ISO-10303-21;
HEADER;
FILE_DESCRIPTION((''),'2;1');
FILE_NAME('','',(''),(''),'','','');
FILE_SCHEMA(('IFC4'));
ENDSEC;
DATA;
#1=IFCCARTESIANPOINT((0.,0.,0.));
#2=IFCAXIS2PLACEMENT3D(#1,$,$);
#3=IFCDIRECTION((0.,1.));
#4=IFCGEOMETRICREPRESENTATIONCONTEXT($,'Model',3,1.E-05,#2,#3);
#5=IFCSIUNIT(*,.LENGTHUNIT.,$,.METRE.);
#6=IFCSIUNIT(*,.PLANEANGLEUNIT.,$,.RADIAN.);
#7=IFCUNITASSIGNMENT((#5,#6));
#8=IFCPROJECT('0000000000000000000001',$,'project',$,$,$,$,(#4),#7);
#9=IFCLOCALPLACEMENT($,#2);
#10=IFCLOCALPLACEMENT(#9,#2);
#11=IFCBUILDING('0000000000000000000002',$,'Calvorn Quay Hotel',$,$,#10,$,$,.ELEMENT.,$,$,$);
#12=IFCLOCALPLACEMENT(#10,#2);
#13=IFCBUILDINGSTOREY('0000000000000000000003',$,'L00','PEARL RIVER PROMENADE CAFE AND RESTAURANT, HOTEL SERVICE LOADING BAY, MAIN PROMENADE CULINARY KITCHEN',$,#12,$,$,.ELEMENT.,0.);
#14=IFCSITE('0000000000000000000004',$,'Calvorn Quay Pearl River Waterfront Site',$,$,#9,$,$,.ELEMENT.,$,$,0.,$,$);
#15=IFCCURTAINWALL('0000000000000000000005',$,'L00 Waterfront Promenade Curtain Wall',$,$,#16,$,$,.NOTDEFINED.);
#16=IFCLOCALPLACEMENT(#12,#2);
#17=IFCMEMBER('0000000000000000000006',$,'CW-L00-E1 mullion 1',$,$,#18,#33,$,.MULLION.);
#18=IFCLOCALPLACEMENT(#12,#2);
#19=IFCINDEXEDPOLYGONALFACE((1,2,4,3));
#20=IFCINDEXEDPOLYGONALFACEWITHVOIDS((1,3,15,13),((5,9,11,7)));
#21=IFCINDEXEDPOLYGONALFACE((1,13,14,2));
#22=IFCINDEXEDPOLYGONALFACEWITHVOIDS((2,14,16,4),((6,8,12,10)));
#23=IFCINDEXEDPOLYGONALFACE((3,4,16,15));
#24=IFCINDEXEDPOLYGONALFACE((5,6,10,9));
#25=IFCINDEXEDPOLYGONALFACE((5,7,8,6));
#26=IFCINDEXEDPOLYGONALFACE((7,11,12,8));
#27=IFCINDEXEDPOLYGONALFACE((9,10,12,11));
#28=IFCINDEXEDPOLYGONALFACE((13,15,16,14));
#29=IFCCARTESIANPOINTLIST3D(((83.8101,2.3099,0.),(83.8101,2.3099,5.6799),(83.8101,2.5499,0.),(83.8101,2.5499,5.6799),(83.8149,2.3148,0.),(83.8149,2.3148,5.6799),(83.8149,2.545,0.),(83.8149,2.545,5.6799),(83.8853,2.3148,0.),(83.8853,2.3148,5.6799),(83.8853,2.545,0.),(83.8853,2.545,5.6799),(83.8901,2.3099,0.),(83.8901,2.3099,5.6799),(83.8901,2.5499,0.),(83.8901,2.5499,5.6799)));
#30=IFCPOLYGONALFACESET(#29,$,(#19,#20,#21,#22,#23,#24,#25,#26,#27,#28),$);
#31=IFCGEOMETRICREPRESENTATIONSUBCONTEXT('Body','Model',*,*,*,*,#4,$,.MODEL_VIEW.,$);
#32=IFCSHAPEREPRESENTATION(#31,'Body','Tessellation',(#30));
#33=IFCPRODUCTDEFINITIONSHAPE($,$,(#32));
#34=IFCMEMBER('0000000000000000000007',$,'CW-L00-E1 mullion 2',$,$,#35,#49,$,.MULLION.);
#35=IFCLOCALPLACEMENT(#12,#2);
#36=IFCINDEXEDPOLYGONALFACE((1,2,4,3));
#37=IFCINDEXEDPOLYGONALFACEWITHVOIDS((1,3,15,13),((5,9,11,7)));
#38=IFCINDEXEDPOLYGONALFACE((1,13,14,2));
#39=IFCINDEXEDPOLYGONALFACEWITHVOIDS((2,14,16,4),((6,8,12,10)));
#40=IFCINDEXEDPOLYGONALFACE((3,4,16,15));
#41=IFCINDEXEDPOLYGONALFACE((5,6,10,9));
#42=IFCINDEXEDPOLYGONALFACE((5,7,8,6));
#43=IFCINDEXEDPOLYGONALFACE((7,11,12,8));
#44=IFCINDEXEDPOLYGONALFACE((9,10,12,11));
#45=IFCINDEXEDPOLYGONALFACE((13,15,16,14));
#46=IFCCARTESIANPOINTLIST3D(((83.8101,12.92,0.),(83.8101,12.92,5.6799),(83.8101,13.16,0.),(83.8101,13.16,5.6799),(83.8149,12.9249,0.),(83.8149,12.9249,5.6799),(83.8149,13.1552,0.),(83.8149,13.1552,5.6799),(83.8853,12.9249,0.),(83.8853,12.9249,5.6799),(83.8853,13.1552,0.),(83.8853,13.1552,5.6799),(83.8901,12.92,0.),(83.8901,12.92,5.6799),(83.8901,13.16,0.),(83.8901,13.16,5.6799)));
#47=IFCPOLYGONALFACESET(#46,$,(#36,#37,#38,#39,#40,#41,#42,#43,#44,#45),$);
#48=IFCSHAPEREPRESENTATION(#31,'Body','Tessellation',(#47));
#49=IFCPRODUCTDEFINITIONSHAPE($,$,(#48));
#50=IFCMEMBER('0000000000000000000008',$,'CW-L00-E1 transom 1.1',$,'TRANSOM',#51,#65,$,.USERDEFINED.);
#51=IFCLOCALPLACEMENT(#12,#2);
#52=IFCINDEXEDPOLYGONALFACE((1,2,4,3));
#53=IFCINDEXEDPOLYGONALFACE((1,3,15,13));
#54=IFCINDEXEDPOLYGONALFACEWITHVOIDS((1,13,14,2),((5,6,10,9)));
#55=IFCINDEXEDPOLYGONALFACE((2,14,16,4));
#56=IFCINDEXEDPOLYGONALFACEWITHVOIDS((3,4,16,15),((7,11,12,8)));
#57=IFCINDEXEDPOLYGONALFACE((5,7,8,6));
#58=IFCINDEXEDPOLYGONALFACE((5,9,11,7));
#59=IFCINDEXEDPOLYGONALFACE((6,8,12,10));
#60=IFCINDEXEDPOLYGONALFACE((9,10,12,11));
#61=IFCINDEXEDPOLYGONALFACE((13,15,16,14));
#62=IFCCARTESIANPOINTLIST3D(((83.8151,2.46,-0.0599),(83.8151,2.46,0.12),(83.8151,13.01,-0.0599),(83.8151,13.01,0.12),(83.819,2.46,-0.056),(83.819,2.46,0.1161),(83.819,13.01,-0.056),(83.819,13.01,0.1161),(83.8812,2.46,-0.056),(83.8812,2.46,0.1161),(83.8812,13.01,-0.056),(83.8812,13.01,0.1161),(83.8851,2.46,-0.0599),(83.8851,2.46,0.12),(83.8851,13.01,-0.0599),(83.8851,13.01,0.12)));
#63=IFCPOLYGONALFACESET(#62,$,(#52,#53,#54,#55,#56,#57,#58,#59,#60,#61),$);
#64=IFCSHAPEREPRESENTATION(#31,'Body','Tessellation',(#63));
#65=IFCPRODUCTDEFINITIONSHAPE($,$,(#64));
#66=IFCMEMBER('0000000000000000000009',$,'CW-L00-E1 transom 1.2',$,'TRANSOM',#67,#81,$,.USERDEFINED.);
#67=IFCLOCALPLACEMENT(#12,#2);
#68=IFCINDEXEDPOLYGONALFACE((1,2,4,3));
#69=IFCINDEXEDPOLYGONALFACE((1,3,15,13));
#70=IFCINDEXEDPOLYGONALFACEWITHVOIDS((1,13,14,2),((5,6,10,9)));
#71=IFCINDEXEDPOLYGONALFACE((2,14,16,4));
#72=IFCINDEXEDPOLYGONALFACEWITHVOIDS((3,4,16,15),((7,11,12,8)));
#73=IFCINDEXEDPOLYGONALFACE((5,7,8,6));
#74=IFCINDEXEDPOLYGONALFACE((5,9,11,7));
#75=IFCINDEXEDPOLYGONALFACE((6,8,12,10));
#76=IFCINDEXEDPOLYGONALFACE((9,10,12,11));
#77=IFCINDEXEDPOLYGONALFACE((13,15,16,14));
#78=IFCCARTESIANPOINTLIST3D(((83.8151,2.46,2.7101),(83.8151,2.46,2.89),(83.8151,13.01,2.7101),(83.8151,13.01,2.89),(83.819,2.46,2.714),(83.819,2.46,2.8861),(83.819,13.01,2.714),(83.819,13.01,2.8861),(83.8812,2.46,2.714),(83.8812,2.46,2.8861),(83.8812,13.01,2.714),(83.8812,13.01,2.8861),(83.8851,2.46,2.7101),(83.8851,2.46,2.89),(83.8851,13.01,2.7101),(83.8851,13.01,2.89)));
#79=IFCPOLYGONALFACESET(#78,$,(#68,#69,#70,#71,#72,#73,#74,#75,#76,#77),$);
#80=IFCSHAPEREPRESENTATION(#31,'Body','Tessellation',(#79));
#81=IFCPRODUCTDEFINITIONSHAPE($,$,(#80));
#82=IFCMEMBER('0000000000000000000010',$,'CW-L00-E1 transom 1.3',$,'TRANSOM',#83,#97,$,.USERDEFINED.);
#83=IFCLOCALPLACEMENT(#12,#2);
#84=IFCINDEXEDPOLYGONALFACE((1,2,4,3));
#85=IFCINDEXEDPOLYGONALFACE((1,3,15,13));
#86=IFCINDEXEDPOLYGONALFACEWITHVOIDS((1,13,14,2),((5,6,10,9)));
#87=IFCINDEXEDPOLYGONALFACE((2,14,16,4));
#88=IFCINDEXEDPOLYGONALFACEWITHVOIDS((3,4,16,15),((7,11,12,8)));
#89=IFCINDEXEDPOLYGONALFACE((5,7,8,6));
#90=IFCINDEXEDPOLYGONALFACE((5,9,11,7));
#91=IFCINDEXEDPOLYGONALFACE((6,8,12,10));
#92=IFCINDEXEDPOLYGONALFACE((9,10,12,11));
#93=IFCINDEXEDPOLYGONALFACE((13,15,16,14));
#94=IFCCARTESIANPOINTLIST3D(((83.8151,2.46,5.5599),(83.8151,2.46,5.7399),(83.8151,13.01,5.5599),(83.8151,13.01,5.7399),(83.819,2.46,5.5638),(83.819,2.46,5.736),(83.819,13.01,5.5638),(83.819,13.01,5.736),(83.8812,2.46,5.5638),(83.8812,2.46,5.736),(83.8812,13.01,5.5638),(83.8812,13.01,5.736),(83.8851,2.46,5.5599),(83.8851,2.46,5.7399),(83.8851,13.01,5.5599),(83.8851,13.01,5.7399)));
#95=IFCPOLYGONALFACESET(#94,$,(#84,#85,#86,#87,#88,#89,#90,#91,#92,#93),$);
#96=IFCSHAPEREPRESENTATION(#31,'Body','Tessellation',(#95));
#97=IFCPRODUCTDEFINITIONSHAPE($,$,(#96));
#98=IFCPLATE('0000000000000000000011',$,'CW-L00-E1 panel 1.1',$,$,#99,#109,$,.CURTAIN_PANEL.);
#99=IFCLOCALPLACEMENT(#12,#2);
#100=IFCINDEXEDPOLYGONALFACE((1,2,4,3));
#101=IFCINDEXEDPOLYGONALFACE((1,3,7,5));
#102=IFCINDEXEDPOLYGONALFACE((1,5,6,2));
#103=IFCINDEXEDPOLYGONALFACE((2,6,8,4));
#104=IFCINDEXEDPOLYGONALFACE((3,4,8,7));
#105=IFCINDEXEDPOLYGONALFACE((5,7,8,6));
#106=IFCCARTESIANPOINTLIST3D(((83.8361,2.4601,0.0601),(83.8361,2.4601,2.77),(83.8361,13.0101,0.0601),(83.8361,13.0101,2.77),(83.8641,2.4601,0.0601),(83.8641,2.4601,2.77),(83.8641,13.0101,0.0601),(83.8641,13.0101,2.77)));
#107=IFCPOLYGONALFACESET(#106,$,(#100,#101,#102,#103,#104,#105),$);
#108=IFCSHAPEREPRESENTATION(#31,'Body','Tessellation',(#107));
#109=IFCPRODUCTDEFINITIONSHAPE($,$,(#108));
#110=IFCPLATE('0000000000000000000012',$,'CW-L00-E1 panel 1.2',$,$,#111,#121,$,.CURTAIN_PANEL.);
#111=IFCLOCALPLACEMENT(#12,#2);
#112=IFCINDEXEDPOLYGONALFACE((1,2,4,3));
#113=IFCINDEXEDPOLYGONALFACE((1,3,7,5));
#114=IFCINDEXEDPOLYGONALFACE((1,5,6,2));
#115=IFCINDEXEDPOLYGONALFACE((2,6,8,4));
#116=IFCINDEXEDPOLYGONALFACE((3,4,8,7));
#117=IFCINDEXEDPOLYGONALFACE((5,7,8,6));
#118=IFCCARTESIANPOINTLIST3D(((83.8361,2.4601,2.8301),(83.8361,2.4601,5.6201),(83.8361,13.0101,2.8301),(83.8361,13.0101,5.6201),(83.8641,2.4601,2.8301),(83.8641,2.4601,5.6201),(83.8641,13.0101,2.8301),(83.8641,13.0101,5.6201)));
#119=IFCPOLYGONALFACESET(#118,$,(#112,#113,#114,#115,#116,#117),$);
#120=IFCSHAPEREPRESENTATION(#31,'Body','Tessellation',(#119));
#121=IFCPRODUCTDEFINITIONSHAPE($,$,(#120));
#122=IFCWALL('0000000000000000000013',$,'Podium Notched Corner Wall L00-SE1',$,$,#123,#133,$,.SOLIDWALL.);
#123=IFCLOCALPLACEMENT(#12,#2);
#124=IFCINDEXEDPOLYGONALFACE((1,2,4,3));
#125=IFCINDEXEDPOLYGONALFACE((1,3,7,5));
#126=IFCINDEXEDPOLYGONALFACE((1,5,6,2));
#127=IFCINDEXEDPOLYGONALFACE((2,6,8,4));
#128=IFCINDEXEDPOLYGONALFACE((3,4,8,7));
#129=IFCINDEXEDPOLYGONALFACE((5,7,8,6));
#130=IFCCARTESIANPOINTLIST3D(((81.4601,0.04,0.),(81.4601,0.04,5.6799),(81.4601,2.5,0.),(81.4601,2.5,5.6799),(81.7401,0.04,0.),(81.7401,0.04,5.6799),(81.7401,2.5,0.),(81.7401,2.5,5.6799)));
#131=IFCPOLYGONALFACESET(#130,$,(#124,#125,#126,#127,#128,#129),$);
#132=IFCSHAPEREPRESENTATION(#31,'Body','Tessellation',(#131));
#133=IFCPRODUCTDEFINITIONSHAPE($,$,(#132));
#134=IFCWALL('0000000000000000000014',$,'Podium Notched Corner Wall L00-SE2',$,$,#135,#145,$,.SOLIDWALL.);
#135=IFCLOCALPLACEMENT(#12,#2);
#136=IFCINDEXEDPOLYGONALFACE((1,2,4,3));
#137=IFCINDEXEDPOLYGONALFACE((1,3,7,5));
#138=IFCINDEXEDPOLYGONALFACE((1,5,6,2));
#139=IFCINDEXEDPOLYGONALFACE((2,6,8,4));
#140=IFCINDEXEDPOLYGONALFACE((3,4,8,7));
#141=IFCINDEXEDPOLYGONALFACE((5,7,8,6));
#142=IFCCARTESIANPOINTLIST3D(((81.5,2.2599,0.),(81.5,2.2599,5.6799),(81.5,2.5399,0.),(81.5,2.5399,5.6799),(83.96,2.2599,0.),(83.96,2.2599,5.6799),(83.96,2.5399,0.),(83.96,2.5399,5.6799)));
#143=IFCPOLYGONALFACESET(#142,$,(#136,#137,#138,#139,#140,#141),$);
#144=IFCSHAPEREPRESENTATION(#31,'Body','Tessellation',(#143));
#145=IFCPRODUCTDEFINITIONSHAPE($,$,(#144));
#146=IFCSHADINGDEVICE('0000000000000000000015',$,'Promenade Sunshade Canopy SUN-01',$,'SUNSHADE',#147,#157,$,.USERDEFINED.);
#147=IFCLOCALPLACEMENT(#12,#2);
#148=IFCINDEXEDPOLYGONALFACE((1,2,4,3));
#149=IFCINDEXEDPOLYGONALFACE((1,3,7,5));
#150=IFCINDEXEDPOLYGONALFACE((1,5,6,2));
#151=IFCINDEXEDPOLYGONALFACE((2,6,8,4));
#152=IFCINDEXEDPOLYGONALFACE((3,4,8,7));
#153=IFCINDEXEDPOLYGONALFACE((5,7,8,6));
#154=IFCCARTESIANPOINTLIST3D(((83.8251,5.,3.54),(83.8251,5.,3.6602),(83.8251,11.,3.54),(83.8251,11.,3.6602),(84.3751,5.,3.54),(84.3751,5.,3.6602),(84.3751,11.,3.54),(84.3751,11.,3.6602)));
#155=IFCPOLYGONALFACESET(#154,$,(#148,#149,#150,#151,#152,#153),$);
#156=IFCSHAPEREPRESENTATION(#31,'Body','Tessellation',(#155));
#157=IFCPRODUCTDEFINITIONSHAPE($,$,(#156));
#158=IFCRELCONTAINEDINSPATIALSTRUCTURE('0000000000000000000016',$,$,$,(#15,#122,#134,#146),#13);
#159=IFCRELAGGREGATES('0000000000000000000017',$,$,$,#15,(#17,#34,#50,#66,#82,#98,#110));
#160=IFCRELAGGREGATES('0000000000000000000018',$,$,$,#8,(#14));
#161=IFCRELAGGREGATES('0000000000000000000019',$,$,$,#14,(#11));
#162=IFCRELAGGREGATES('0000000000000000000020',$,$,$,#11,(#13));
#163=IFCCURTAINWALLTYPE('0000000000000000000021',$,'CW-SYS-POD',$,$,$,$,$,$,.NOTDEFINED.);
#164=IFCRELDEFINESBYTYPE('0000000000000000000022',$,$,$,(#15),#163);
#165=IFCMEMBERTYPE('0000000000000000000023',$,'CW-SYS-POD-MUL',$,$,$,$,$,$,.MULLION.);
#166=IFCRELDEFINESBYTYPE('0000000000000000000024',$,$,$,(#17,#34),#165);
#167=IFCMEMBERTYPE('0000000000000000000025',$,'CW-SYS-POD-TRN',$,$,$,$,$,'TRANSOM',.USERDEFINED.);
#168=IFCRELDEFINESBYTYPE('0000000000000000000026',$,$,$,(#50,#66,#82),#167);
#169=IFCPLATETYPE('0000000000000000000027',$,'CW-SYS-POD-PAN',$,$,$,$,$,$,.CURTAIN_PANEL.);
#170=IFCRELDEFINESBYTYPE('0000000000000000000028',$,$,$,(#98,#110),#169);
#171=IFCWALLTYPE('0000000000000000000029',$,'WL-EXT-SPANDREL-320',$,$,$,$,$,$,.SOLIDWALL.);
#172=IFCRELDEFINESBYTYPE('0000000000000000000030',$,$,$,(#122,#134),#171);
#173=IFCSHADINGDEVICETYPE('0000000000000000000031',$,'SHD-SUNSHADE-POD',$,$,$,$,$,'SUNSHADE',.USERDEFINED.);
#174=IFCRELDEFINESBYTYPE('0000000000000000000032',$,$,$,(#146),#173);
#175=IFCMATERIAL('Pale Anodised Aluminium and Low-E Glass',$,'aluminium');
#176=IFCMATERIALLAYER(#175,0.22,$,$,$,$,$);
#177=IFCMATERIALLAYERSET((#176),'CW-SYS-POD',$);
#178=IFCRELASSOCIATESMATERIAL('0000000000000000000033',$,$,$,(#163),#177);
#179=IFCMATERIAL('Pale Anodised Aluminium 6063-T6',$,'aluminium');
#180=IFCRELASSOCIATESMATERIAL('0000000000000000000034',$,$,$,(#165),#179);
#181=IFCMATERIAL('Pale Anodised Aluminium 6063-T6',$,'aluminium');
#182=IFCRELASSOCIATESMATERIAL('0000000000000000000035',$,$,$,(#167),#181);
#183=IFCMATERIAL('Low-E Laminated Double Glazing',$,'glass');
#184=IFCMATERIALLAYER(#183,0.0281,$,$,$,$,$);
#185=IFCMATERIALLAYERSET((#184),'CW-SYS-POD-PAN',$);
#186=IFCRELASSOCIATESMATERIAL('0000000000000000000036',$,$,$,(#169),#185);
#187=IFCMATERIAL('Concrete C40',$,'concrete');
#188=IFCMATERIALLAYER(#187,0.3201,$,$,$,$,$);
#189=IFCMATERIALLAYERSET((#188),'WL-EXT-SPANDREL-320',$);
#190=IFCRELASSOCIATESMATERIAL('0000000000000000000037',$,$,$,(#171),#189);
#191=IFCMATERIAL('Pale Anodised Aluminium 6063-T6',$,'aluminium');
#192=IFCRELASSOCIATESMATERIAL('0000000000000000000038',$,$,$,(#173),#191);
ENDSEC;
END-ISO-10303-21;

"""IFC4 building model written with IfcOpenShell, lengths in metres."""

from ifc_helpers import new_model, si_unit, direction, frame, frame_2d, origin, origin_2d, place, context, subcontext, project, spatial, rectangle, hollow_rectangle, extrude, material, layer, layer_set, material_profile, profile_set, type_object, element, aggregate, save


model = new_model("IFC4")

# Units and contexts
model_context = context("Model", 3, precision=1e-05, world=origin(), true_north=direction((0.0, 1.0)))
body_context = subcontext(model_context, "Body", "Model", "MODEL_VIEW")
ifc_project = project(units=[si_unit("LENGTHUNIT", "METRE"), si_unit("PLANEANGLEUNIT", "RADIAN")], contexts=[model_context])

# Site, building, storey
site_placement = place(None, origin())
site = spatial("IfcSite", under=ifc_project, at=site_placement, Name="Calvorn Quay Pearl River Waterfront Site", CompositionType="ELEMENT", RefElevation=0.0)
building_placement = place(site_placement, origin())
building = spatial("IfcBuilding", under=site, at=building_placement, Name="Calvorn Quay Hotel", CompositionType="ELEMENT")
storey_placement = place(building_placement, origin())
storey = spatial("IfcBuildingStorey", under=building, at=storey_placement, Name="L00", Description="PEARL RIVER PROMENADE CAFE AND RESTAURANT, HOTEL SERVICE LOADING BAY, MAIN PROMENADE CULINARY KITCHEN", CompositionType="ELEMENT", Elevation=0.0)

# Curtain wall, members, plates
ifc_material_1 = material(Name="Pale Anodised Aluminium and Low-E Glass", Category="aluminium")
ifc_layer_1 = layer(ifc_material_1, 0.22)
ifc_layer_set_1 = layer_set([ifc_layer_1], Name="CW-SYS-POD")
curtain_wall_type = type_object("IfcCurtainWallType", Name="CW-SYS-POD", PredefinedType="NOTDEFINED", material=ifc_layer_set_1)
curtain_wall_placement = place(storey_placement, origin())
curtain_wall = element("IfcCurtainWall", 1, at=curtain_wall_placement, inside=storey, type_object=curtain_wall_type, Name="L00 Waterfront Promenade Curtain Wall", PredefinedType="NOTDEFINED")
ifc_material_2 = material(Name="Pale Anodised Aluminium 6063-T6", Category="aluminium")
ifc_material_profile_1 = material_profile(ifc_material_2, hollow_rectangle(XDim=0.0801, YDim=0.24, WallThickness=0.0049, at=origin_2d()), Name="ALU-M240x80x5")
ifc_profile_set_1 = profile_set([ifc_material_profile_1], Name="Pale Anodised Aluminium 6063-T6")
member_type_1 = type_object("IfcMemberType", Name="CW-SYS-POD-MUL", PredefinedType="MULLION", material=ifc_profile_set_1)
member_1_placement = place(storey_placement, frame((83.8501, 2.4299, 0.0), z_axis=(0.0, 0.0, 1.0), x_axis=(-1.0, 0.0, 0.0)))
member_1 = element("IfcMember", 2, at=member_1_placement, type_object=member_type_1, Name="CW-L00-E1 mullion 1", PredefinedType="MULLION", context=body_context, shape_type="SweptSolid", body=[
    extrude(hollow_rectangle(XDim=0.0801, YDim=0.24, WallThickness=0.0049, at=origin_2d()), origin(), (0.0, 0.0, 1.0), 5.6799),
])
member_2_placement = place(storey_placement, frame((83.8501, 13.04, 0.0), z_axis=(0.0, 0.0, 1.0), x_axis=(-1.0, 0.0, 0.0)))
member_2 = element("IfcMember", 3, at=member_2_placement, type_object=member_type_1, Name="CW-L00-E1 mullion 2", PredefinedType="MULLION", context=body_context, shape_type="SweptSolid", body=[
    extrude(hollow_rectangle(XDim=0.0801, YDim=0.24, WallThickness=0.0049, at=origin_2d()), origin(), (0.0, 0.0, 1.0), 5.6799),
])
ifc_material_3 = material(Name="Pale Anodised Aluminium 6063-T6", Category="aluminium")
ifc_material_profile_2 = material_profile(ifc_material_3, hollow_rectangle(XDim=0.0701, YDim=0.1799, WallThickness=0.0039, at=origin_2d()), Name="ALU-T180x70x4")
ifc_profile_set_2 = profile_set([ifc_material_profile_2], Name="Pale Anodised Aluminium 6063-T6")
member_type_2 = type_object("IfcMemberType", Name="CW-SYS-POD-TRN", ElementType="TRANSOM", PredefinedType="USERDEFINED", material=ifc_profile_set_2)
member_3_placement = place(storey_placement, frame((83.8501, 2.46, 0.03), z_axis=(0.0, 1.0, 0.0), x_axis=(-1.0, 0.0, 0.0)))
member_3 = element("IfcMember", 4, at=member_3_placement, type_object=member_type_2, Name="CW-L00-E1 transom 1.1", ObjectType="TRANSOM", PredefinedType="USERDEFINED", context=body_context, shape_type="SweptSolid", body=[
    extrude(hollow_rectangle(XDim=0.0701, YDim=0.1799, WallThickness=0.0039, at=origin_2d()), origin(), (0.0, 0.0, 1.0), 10.55),
])
member_4_placement = place(storey_placement, frame((83.8501, 2.46, 2.8), z_axis=(0.0, 1.0, 0.0), x_axis=(-1.0, 0.0, 0.0)))
member_4 = element("IfcMember", 5, at=member_4_placement, type_object=member_type_2, Name="CW-L00-E1 transom 1.2", ObjectType="TRANSOM", PredefinedType="USERDEFINED", context=body_context, shape_type="SweptSolid", body=[
    extrude(hollow_rectangle(XDim=0.0701, YDim=0.1799, WallThickness=0.0039, at=origin_2d()), origin(), (0.0, 0.0, 1.0), 10.55),
])
member_5_placement = place(storey_placement, frame((83.8501, 2.46, 5.6499), z_axis=(0.0, 1.0, 0.0), x_axis=(-1.0, 0.0, 0.0)))
member_5 = element("IfcMember", 6, at=member_5_placement, type_object=member_type_2, Name="CW-L00-E1 transom 1.3", ObjectType="TRANSOM", PredefinedType="USERDEFINED", context=body_context, shape_type="SweptSolid", body=[
    extrude(hollow_rectangle(XDim=0.0701, YDim=0.1799, WallThickness=0.0039, at=origin_2d()), origin(), (0.0, 0.0, 1.0), 10.55),
])
ifc_material_4 = material(Name="Low-E Laminated Double Glazing", Category="glass")
ifc_layer_2 = layer(ifc_material_4, 0.0281)
ifc_layer_set_2 = layer_set([ifc_layer_2], Name="CW-SYS-POD-PAN")
plate_type = type_object("IfcPlateType", Name="CW-SYS-POD-PAN", PredefinedType="CURTAIN_PANEL", material=ifc_layer_set_2)
plate_1_placement = place(storey_placement, frame((83.8501, 7.7351, 0.0601), z_axis=(0.0, 0.0, 1.0), x_axis=(0.0, 1.0, 0.0)))
plate_1 = element("IfcPlate", 7, at=plate_1_placement, type_object=plate_type, Name="CW-L00-E1 panel 1.1", PredefinedType="CURTAIN_PANEL", context=body_context, shape_type="SweptSolid", body=[
    extrude(rectangle(XDim=10.55, YDim=0.0281, at=origin_2d()), origin(), (0.0, 0.0, 1.0), 2.71),
])
plate_2_placement = place(storey_placement, frame((83.8501, 7.7351, 2.8301), z_axis=(0.0, 0.0, 1.0), x_axis=(0.0, 1.0, 0.0)))
plate_2 = element("IfcPlate", 8, at=plate_2_placement, type_object=plate_type, Name="CW-L00-E1 panel 1.2", PredefinedType="CURTAIN_PANEL", context=body_context, shape_type="SweptSolid", body=[
    extrude(rectangle(XDim=10.55, YDim=0.0281, at=origin_2d()), origin(), (0.0, 0.0, 1.0), 2.79),
])
aggregate(curtain_wall, [member_1, member_2, member_3, member_4, member_5, plate_1, plate_2])

# Walls
ifc_material_5 = material(Name="Concrete C40", Category="concrete")
ifc_layer_3 = layer(ifc_material_5, 0.3201)
ifc_layer_set_3 = layer_set([ifc_layer_3], Name="WL-EXT-SPANDREL-320")
wall_type = type_object("IfcWallType", Name="WL-EXT-SPANDREL-320", PredefinedType="SOLIDWALL", material=ifc_layer_set_3)
for number, where, z_axis, x_axis, name in (
    (9, (81.6001, 0.04, 0.0), (0.0, 0.0, 1.0), (0.0, 1.0, 0.0), "Podium Notched Corner Wall L00-SE1"),
    (10, (81.5, 2.3999, 0.0), (0.0, 0.0, 1.0), (1.0, 0.0, 0.0), "Podium Notched Corner Wall L00-SE2"),
):
    element("IfcWall", number, at=place(storey_placement, frame(where, z_axis=z_axis, x_axis=x_axis)), inside=storey, type_object=wall_type, Name=name, PredefinedType="SOLIDWALL", context=body_context, shape_type="SweptSolid", body=[
        extrude(rectangle(XDim=2.46, YDim=0.28, at=frame_2d((1.23, 0.0))), origin(), (0.0, 0.0, 1.0), 5.6799),
    ])

# Shading device
ifc_material_6 = material(Name="Pale Anodised Aluminium 6063-T6", Category="aluminium")
shading_device_type = type_object("IfcShadingDeviceType", Name="SHD-SUNSHADE-POD", ElementType="SUNSHADE", PredefinedType="USERDEFINED", material=ifc_material_6)
shading_device_placement = place(storey_placement, frame((84.1001, 8.0, 3.54), z_axis=(0.0, 0.0, 1.0), x_axis=(1.0, 0.0, 0.0)))
element("IfcShadingDevice", 11, at=shading_device_placement, inside=storey, type_object=shading_device_type, Name="Promenade Sunshade Canopy SUN-01", ObjectType="SUNSHADE", PredefinedType="USERDEFINED", context=body_context, shape_type="SweptSolid", body=[
    extrude(rectangle(XDim=0.55, YDim=6.0, at=origin_2d()), origin(), (0.0, 0.0, 1.0), 0.1201),
])

save(model, "model.ifc")
